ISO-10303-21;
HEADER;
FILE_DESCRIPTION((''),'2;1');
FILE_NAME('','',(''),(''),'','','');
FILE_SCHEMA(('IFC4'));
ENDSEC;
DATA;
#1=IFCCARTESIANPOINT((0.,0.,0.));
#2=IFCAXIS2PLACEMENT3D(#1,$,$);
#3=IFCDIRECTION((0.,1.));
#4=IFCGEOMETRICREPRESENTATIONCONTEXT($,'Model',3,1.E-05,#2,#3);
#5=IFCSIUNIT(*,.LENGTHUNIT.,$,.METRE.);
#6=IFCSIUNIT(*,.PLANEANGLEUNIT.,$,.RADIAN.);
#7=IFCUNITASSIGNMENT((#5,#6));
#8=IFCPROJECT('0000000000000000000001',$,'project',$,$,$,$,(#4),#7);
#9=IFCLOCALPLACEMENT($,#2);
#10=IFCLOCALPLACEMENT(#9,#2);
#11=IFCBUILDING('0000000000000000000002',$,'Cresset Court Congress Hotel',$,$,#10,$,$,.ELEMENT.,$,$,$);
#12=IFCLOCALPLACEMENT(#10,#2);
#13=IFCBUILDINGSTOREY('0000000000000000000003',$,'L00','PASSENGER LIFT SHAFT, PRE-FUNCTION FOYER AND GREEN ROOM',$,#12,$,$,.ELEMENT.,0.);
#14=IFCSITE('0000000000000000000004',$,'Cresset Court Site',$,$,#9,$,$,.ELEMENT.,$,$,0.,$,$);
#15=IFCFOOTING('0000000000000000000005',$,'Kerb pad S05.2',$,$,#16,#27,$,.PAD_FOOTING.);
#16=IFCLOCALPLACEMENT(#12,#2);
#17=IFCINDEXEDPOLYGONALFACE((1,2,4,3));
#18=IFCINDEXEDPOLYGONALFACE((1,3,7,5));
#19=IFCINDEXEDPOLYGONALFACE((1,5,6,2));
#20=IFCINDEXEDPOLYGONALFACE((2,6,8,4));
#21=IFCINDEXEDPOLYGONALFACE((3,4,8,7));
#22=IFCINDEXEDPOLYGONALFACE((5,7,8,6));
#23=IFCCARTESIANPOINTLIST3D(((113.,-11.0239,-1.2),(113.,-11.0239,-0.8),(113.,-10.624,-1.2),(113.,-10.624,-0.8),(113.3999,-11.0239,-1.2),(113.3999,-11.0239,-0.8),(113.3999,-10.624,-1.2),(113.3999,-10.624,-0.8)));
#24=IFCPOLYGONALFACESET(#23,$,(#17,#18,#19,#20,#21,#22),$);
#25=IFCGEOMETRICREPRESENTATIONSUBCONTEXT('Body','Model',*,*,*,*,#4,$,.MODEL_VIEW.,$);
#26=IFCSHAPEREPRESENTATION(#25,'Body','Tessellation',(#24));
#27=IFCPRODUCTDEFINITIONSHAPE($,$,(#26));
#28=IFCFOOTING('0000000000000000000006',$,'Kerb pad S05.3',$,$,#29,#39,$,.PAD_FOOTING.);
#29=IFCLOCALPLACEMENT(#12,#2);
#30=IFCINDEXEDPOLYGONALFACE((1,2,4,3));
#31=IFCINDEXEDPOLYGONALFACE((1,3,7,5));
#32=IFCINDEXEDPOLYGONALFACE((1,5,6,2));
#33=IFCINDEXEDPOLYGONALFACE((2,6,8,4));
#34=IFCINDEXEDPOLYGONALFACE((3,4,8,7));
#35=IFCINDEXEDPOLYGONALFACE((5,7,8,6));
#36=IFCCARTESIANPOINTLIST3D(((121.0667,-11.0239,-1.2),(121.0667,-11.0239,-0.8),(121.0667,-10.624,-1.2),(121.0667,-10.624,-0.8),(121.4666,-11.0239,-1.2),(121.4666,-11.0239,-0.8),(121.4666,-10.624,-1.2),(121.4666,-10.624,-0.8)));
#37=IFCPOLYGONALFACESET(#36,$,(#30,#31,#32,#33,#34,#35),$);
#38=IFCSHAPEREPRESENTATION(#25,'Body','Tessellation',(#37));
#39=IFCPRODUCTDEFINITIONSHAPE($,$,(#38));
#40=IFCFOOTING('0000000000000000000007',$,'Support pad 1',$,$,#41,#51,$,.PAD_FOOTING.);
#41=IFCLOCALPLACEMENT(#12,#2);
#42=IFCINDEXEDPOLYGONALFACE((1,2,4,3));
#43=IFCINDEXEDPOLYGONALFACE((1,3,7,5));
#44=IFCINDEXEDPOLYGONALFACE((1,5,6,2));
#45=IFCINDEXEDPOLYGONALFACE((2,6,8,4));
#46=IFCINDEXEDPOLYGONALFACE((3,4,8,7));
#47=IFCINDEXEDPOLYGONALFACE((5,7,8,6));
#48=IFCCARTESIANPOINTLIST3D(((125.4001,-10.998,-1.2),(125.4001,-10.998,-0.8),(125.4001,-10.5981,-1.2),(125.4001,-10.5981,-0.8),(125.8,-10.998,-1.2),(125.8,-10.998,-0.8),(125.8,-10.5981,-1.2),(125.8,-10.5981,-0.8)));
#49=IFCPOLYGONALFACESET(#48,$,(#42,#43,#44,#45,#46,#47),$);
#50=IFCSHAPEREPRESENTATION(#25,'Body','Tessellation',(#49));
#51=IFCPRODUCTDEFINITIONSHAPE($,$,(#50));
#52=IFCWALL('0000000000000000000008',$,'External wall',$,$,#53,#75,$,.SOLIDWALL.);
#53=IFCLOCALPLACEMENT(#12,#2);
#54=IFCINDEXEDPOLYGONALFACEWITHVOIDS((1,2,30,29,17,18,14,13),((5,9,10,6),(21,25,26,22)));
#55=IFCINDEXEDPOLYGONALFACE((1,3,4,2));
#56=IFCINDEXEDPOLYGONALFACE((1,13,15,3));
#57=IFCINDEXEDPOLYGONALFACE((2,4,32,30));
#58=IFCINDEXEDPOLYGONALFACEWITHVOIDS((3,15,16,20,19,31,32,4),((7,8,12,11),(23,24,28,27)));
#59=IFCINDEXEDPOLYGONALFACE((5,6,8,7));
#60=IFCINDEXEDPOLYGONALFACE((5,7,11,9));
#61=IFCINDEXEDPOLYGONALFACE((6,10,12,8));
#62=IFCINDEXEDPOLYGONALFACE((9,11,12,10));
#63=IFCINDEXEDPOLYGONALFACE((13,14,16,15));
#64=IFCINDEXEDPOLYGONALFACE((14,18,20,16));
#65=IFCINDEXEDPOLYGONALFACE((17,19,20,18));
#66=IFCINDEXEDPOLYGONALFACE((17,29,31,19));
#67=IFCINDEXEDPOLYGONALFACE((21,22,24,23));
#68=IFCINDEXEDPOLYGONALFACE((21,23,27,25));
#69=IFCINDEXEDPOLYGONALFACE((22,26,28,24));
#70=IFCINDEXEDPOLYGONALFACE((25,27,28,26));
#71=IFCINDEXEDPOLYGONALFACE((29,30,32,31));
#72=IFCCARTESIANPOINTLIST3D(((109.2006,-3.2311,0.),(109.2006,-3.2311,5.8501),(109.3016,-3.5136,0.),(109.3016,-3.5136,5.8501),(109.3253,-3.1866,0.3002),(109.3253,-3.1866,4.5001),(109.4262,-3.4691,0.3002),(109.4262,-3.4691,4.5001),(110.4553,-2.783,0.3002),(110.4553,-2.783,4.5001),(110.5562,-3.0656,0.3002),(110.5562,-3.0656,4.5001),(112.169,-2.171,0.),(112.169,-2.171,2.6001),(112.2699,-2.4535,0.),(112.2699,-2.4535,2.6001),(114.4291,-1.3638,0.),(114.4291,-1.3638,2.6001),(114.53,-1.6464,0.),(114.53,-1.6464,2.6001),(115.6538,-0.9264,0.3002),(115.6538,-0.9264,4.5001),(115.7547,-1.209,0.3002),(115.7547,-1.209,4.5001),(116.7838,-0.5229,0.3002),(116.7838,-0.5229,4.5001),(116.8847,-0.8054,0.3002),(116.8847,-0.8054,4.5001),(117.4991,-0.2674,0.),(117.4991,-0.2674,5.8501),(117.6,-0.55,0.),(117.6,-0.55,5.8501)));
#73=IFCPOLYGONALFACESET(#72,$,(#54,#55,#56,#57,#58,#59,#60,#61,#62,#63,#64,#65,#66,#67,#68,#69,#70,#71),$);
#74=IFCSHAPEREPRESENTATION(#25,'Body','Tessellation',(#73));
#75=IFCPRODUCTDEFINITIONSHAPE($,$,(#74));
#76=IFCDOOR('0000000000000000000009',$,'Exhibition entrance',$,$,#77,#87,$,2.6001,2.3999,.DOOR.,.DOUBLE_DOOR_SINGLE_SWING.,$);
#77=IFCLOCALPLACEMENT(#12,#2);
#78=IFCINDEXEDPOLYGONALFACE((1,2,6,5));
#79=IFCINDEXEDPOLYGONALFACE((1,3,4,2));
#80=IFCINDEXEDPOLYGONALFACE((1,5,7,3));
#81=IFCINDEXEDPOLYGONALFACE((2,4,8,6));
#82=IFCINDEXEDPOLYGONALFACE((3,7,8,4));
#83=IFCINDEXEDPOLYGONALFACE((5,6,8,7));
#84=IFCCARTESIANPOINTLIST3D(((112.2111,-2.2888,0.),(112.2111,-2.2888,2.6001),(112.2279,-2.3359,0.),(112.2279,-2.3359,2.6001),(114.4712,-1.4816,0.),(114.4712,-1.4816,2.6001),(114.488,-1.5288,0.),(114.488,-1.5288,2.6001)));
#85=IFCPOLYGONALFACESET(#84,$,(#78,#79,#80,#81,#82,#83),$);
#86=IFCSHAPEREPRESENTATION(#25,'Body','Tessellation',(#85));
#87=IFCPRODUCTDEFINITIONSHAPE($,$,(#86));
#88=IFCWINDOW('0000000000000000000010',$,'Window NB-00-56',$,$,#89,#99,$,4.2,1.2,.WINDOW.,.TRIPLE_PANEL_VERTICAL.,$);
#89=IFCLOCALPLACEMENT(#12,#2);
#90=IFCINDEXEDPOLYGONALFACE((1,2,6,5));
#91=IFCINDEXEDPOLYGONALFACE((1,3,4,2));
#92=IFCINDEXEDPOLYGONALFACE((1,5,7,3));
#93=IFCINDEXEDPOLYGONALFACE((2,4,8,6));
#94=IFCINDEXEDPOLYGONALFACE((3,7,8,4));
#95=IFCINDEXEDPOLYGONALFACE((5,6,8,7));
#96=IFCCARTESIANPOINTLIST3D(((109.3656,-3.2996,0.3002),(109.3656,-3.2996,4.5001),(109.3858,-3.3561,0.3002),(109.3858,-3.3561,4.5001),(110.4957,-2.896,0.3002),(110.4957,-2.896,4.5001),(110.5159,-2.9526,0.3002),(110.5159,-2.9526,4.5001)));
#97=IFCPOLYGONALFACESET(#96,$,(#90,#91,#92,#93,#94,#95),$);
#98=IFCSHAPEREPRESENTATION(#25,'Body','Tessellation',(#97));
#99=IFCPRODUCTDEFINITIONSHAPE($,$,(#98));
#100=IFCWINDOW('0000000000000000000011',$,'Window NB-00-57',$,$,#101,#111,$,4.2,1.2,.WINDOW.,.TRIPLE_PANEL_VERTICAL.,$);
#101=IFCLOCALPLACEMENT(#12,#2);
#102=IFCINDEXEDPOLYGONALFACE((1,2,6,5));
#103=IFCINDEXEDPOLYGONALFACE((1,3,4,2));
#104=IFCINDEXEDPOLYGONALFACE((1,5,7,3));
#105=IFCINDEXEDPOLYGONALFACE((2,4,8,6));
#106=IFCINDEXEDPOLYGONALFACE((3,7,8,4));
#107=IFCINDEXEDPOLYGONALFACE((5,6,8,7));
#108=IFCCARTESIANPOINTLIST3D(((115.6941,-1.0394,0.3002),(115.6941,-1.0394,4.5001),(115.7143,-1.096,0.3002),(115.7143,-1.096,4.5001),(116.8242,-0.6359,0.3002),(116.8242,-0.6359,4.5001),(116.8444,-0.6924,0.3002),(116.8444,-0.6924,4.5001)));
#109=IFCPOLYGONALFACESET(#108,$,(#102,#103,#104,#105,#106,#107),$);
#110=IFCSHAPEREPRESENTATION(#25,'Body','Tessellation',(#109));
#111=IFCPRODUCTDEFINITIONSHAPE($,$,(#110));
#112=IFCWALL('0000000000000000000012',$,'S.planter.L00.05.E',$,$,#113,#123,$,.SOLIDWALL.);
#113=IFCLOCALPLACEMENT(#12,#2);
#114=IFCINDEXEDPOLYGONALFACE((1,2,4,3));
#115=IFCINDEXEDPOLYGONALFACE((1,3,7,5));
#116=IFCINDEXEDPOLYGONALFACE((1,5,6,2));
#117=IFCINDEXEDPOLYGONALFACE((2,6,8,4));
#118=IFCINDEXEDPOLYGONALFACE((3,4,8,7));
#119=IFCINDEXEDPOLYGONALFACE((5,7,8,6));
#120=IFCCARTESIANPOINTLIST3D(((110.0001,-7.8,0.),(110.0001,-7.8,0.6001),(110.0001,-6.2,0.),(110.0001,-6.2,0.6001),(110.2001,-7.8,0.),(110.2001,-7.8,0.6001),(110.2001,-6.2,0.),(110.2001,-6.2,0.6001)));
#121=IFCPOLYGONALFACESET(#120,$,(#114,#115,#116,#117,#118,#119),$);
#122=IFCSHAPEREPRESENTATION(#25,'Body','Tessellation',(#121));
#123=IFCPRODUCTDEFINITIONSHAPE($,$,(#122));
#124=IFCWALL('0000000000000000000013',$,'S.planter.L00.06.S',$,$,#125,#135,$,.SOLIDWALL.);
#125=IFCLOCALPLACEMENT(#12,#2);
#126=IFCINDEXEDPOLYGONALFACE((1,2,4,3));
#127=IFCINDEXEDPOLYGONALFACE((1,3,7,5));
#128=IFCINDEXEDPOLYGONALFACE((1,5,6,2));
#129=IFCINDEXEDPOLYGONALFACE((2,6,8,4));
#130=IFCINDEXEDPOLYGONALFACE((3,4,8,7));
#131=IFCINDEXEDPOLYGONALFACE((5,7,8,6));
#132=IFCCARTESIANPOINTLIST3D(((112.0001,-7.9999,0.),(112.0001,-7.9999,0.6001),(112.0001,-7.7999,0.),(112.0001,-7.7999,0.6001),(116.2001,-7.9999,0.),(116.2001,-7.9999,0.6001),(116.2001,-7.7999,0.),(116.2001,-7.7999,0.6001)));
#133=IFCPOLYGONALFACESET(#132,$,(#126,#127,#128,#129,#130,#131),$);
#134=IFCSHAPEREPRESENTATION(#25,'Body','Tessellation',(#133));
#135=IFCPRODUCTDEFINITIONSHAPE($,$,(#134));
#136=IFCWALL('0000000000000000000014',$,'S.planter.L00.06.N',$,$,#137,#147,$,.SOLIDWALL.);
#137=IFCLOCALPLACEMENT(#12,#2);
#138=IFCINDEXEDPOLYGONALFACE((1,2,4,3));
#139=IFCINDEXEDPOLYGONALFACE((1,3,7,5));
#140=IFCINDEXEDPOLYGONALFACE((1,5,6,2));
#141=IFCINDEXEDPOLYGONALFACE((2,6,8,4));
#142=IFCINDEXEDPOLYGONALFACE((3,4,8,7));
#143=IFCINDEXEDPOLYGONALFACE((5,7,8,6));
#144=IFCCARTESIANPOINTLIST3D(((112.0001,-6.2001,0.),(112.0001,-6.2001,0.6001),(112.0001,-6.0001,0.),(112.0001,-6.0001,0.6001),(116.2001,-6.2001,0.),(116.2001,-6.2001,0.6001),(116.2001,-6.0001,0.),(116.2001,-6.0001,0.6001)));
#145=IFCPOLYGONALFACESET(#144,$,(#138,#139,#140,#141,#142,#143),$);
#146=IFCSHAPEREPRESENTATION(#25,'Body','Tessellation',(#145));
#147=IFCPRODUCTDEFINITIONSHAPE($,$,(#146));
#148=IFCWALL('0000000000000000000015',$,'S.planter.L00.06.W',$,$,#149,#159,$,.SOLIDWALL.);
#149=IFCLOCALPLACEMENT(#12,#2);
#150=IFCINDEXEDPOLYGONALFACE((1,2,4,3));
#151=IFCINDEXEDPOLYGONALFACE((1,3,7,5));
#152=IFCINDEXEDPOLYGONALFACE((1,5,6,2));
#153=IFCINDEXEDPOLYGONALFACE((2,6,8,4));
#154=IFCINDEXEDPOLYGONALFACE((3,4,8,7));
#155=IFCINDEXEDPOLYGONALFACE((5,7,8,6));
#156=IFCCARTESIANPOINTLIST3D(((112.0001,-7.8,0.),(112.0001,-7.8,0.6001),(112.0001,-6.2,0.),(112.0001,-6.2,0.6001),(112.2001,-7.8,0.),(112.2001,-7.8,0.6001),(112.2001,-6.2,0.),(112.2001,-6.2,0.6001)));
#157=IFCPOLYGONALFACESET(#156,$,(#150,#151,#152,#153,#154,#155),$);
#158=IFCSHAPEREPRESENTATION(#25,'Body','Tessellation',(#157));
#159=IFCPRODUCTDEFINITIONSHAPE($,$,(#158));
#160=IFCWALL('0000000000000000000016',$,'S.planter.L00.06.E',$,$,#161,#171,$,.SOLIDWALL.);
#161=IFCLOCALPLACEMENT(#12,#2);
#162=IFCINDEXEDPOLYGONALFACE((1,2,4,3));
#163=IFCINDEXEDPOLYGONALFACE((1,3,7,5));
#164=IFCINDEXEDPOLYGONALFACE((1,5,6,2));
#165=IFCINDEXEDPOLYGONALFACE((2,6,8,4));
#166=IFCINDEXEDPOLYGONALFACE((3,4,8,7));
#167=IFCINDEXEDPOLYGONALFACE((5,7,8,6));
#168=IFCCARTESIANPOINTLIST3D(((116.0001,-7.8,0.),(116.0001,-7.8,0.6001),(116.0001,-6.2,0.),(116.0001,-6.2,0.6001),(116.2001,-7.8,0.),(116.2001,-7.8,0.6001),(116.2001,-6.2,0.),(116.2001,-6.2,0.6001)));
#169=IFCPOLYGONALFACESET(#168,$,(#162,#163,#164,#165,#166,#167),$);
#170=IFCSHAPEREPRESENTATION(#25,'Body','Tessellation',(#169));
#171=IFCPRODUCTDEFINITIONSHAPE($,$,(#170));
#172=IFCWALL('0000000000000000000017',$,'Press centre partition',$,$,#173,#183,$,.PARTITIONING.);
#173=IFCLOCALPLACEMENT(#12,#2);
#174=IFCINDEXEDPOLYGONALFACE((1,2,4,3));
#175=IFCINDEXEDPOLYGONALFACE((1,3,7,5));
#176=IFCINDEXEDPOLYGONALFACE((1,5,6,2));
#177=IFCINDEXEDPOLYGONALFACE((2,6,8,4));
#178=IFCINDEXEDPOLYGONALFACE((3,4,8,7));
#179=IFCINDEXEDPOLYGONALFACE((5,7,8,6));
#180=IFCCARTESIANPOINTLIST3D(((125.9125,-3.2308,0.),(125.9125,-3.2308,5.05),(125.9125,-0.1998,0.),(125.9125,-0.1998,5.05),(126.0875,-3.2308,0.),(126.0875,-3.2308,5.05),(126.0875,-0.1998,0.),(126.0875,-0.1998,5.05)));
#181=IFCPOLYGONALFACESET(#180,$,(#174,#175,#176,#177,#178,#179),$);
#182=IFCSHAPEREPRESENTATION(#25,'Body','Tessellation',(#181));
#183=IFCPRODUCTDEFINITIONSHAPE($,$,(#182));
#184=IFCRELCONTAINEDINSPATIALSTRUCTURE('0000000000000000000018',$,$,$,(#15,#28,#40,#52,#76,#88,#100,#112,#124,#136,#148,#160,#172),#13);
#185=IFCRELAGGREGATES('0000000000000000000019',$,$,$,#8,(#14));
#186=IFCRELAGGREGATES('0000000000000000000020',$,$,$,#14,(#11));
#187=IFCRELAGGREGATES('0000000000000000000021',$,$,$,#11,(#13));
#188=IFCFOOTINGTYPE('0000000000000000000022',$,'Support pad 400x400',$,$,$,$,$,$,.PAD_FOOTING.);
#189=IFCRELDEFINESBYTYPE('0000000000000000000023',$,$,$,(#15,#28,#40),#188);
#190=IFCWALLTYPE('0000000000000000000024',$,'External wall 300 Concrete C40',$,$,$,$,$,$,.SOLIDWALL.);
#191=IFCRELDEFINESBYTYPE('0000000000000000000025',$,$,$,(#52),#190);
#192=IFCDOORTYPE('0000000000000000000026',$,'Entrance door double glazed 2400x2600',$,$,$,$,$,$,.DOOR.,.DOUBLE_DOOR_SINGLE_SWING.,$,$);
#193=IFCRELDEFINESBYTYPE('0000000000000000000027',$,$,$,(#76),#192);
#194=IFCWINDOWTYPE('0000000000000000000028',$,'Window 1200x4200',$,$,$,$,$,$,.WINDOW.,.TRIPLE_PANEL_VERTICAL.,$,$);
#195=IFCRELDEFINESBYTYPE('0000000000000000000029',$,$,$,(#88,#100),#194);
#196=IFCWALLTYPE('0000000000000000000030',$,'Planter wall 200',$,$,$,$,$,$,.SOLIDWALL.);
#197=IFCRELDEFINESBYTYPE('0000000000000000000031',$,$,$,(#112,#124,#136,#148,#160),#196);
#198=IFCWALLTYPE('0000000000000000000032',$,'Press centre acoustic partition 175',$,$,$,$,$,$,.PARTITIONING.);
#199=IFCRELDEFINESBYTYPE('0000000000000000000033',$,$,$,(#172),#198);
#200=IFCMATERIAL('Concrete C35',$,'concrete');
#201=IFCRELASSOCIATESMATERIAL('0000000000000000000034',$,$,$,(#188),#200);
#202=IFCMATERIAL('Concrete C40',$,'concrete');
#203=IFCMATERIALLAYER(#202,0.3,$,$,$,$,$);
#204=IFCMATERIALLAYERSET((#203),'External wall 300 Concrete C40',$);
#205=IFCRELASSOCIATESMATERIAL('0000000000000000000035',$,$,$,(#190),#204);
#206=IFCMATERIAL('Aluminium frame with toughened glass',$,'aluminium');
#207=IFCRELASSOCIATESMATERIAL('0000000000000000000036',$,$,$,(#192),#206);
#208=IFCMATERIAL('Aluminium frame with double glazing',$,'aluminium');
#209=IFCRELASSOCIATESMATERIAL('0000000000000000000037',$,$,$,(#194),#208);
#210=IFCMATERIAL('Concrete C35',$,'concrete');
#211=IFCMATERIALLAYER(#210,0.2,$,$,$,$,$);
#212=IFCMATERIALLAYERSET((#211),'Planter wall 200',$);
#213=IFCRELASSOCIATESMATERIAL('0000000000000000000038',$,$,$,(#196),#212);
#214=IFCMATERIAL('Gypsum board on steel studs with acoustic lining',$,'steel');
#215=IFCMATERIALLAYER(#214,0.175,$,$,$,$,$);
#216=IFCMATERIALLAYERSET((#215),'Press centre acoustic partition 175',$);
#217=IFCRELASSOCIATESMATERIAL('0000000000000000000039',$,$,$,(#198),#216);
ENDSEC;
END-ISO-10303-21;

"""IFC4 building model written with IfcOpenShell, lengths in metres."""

from ifc_helpers import new_model, si_unit, direction, frame, frame_2d, origin, origin_2d, place, context, subcontext, project, spatial, rectangle, extrude, material, layer, layer_set, type_object, element, fill, save


model = new_model("IFC4")

# Units and contexts
model_context = context("Model", 3, precision=1e-05, world=origin(), true_north=direction((0.0, 1.0)))
body_context = subcontext(model_context, "Body", "Model", "MODEL_VIEW")
ifc_project = project(units=[si_unit("LENGTHUNIT", "METRE"), si_unit("PLANEANGLEUNIT", "RADIAN")], contexts=[model_context])

# Site, building, storey
site_placement = place(None, origin())
site = spatial("IfcSite", under=ifc_project, at=site_placement, Name="Cresset Court Site", CompositionType="ELEMENT", RefElevation=0.0)
building_placement = place(site_placement, origin())
building = spatial("IfcBuilding", under=site, at=building_placement, Name="Cresset Court Congress Hotel", CompositionType="ELEMENT")
storey_placement = place(building_placement, origin())
storey = spatial("IfcBuildingStorey", under=building, at=storey_placement, Name="L00", Description="PASSENGER LIFT SHAFT, PRE-FUNCTION FOYER AND GREEN ROOM", CompositionType="ELEMENT", Elevation=0.0)

# Footings
ifc_material_1 = material(Name="Concrete C35", Category="concrete")
footing_type = type_object("IfcFootingType", Name="Support pad 400x400", PredefinedType="PAD_FOOTING", material=ifc_material_1)
for number, where, z_axis, x_axis, name in (
    (1, (113.2, -10.824, -1.2), (0.0, 0.0, 1.0), (1.0, 0.0, 0.0), "Kerb pad S05.2"),
    (2, (121.2666, -10.824, -1.2), (0.0, 0.0, 1.0), (1.0, 0.0, 0.0), "Kerb pad S05.3"),
    (3, (125.6001, -10.7981, -1.2), (0.0, 0.0, 1.0), (1.0, 0.0, 0.0), "Support pad 1"),
):
    element("IfcFooting", number, at=place(storey_placement, frame(where, z_axis=z_axis, x_axis=x_axis)), inside=storey, type_object=footing_type, Name=name, PredefinedType="PAD_FOOTING", context=body_context, shape_type="SweptSolid", body=[
        extrude(rectangle(XDim=0.3999, YDim=0.3999, at=origin_2d()), origin(), (0.0, 0.0, 1.0), 0.3999),
    ])

# Wall, openings, door, windows
ifc_material_2 = material(Name="Concrete C40", Category="concrete")
ifc_layer_1 = layer(ifc_material_2, 0.3)
ifc_layer_set_1 = layer_set([ifc_layer_1], Name="External wall 300 Concrete C40")
wall_type_1 = type_object("IfcWallType", Name="External wall 300 Concrete C40", PredefinedType="SOLIDWALL", material=ifc_layer_set_1)
wall_1_placement = place(storey_placement, frame((109.2512, -3.3723, 0.0), z_axis=(0.0, 0.0, 1.0), x_axis=(0.941744, 0.336329, 0.0)))
wall_1 = element("IfcWall", 4, at=wall_1_placement, inside=storey, type_object=wall_type_1, Name="External wall", PredefinedType="SOLIDWALL", context=body_context, shape_type="SweptSolid", body=[
    extrude(rectangle(XDim=8.8118, YDim=0.3, at=frame_2d((4.4058, 0.0))), origin(), (0.0, 0.0, 1.0), 5.8501),
])
opening_1_placement = place(wall_1_placement, frame((3.1519, 0.0, 0.0)))
opening_1 = element("IfcOpeningElement", 5, at=opening_1_placement, cuts=wall_1, PredefinedType="OPENING", context=body_context, shape_type="SweptSolid", body=[
    extrude(rectangle(XDim=2.3999, YDim=2.6001, at=frame_2d((1.2, 1.3))), frame((0.0, 0.1599, 0.0), z_axis=(0.0, -1.0, 0.0), x_axis=(1.0, 0.0, 0.0)), (0.0, 0.0, 1.0), 0.3201),
])
opening_2_placement = place(wall_1_placement, frame((0.1321, 0.0, 0.3)))
opening_2 = element("IfcOpeningElement", 6, at=opening_2_placement, cuts=wall_1, PredefinedType="OPENING", context=body_context, shape_type="SweptSolid", body=[
    extrude(rectangle(XDim=1.2, YDim=4.2, at=frame_2d((0.6001, 2.1001))), frame((0.0, 0.1599, 0.0), z_axis=(0.0, -1.0, 0.0), x_axis=(1.0, 0.0, 0.0)), (0.0, 0.0, 1.0), 0.3201),
])
opening_3_placement = place(wall_1_placement, frame((6.8521, 0.0, 0.3)))
opening_3 = element("IfcOpeningElement", 7, at=opening_3_placement, cuts=wall_1, PredefinedType="OPENING", context=body_context, shape_type="SweptSolid", body=[
    extrude(rectangle(XDim=1.2, YDim=4.2, at=frame_2d((0.6001, 2.1001))), frame((0.0, 0.1599, 0.0), z_axis=(0.0, -1.0, 0.0), x_axis=(1.0, 0.0, 0.0)), (0.0, 0.0, 1.0), 0.3201),
])
ifc_material_3 = material(Name="Aluminium frame with toughened glass", Category="aluminium")
door_type = type_object("IfcDoorType", Name="Entrance door double glazed 2400x2600", OperationType="DOUBLE_DOOR_SINGLE_SWING", PredefinedType="DOOR", material=ifc_material_3)
door_placement = place(opening_1_placement, origin())
door = element("IfcDoor", 8, at=door_placement, inside=storey, type_object=door_type, Name="Exhibition entrance", OperationType="DOUBLE_DOOR_SINGLE_SWING", OverallHeight=2.6001, OverallWidth=2.3999, PredefinedType="DOOR", context=body_context, shape_type="SweptSolid", body=[
    extrude(rectangle(XDim=2.3999, YDim=2.6001, at=frame_2d((1.2, 1.3))), frame((0.0, 0.0249, 0.0), z_axis=(0.0, -1.0, 0.0), x_axis=(1.0, 0.0, 0.0)), (0.0, 0.0, 1.0), 0.05),
])
fill(opening_1, door)
ifc_material_4 = material(Name="Aluminium frame with double glazing", Category="aluminium")
window_type = type_object("IfcWindowType", Name="Window 1200x4200", PartitioningType="TRIPLE_PANEL_VERTICAL", PredefinedType="WINDOW", material=ifc_material_4)
window_1_placement = place(opening_2_placement, origin())
window_1 = element("IfcWindow", 9, at=window_1_placement, inside=storey, type_object=window_type, Name="Window NB-00-56", OverallHeight=4.2, OverallWidth=1.2, PartitioningType="TRIPLE_PANEL_VERTICAL", PredefinedType="WINDOW", context=body_context, shape_type="SweptSolid", body=[
    extrude(rectangle(XDim=1.2, YDim=4.2, at=frame_2d((0.6001, 2.1001))), frame((0.0, 0.03, 0.0), z_axis=(0.0, -1.0, 0.0), x_axis=(1.0, 0.0, 0.0)), (0.0, 0.0, 1.0), 0.0601),
])
fill(opening_2, window_1)
window_2_placement = place(opening_3_placement, origin())
window_2 = element("IfcWindow", 10, at=window_2_placement, inside=storey, type_object=window_type, Name="Window NB-00-57", OverallHeight=4.2, OverallWidth=1.2, PartitioningType="TRIPLE_PANEL_VERTICAL", PredefinedType="WINDOW", context=body_context, shape_type="SweptSolid", body=[
    extrude(rectangle(XDim=1.2, YDim=4.2, at=frame_2d((0.6001, 2.1001))), frame((0.0, 0.03, 0.0), z_axis=(0.0, -1.0, 0.0), x_axis=(1.0, 0.0, 0.0)), (0.0, 0.0, 1.0), 0.0601),
])
fill(opening_3, window_2)

# Walls
ifc_material_5 = material(Name="Concrete C35", Category="concrete")
ifc_layer_2 = layer(ifc_material_5, 0.2)
ifc_layer_set_2 = layer_set([ifc_layer_2], Name="Planter wall 200")
wall_type_2 = type_object("IfcWallType", Name="Planter wall 200", PredefinedType="SOLIDWALL", material=ifc_layer_set_2)
wall_2_placement = place(storey_placement, frame((110.1001, -7.8, 0.0), z_axis=(0.0, 0.0, 1.0), x_axis=(0.0, 1.0, 0.0)))
element("IfcWall", 11, at=wall_2_placement, inside=storey, type_object=wall_type_2, Name="S.planter.L00.05.E", PredefinedType="SOLIDWALL", context=body_context, shape_type="SweptSolid", body=[
    extrude(rectangle(XDim=1.6001, YDim=0.2, at=frame_2d((0.8, 0.0))), origin(), (0.0, 0.0, 1.0), 0.6001),
])
for number, where, z_axis, x_axis, name in (
    (12, (112.0, -7.8999, 0.0), (0.0, 0.0, 1.0), (1.0, 0.0, 0.0), "S.planter.L00.06.S"),
    (13, (112.0, -6.1001, 0.0), (0.0, 0.0, 1.0), (1.0, 0.0, 0.0), "S.planter.L00.06.N"),
):
    element("IfcWall", number, at=place(storey_placement, frame(where, z_axis=z_axis, x_axis=x_axis)), inside=storey, type_object=wall_type_2, Name=name, PredefinedType="SOLIDWALL", context=body_context, shape_type="SweptSolid", body=[
        extrude(rectangle(XDim=4.2, YDim=0.2, at=frame_2d((2.1001, 0.0))), origin(), (0.0, 0.0, 1.0), 0.6001),
    ])
for number, where, z_axis, x_axis, name in (
    (14, (112.1001, -7.8, 0.0), (0.0, 0.0, 1.0), (0.0, 1.0, 0.0), "S.planter.L00.06.W"),
    (15, (116.1001, -7.8, 0.0), (0.0, 0.0, 1.0), (0.0, 1.0, 0.0), "S.planter.L00.06.E"),
):
    element("IfcWall", number, at=place(storey_placement, frame(where, z_axis=z_axis, x_axis=x_axis)), inside=storey, type_object=wall_type_2, Name=name, PredefinedType="SOLIDWALL", context=body_context, shape_type="SweptSolid", body=[
        extrude(rectangle(XDim=1.6001, YDim=0.2, at=frame_2d((0.8, 0.0))), origin(), (0.0, 0.0, 1.0), 0.6001),
    ])
ifc_material_6 = material(Name="Gypsum board on steel studs with acoustic lining", Category="steel")
ifc_layer_3 = layer(ifc_material_6, 0.175)
ifc_layer_set_3 = layer_set([ifc_layer_3], Name="Press centre acoustic partition 175")
wall_type_3 = type_object("IfcWallType", Name="Press centre acoustic partition 175", PredefinedType="PARTITIONING", material=ifc_layer_set_3)
wall_3_placement = place(storey_placement, frame((126.0, -3.231, 0.0), z_axis=(0.0, 0.0, 1.0), x_axis=(0.0, 1.0, 0.0)))
element("IfcWall", 16, at=wall_3_placement, inside=storey, type_object=wall_type_3, Name="Press centre partition", PredefinedType="PARTITIONING", context=body_context, shape_type="SweptSolid", body=[
    extrude(rectangle(XDim=3.031, YDim=0.175, at=frame_2d((1.5156, 0.0))), origin(), (0.0, 0.0, 1.0), 5.05),
])

save(model, "model.ifc")
